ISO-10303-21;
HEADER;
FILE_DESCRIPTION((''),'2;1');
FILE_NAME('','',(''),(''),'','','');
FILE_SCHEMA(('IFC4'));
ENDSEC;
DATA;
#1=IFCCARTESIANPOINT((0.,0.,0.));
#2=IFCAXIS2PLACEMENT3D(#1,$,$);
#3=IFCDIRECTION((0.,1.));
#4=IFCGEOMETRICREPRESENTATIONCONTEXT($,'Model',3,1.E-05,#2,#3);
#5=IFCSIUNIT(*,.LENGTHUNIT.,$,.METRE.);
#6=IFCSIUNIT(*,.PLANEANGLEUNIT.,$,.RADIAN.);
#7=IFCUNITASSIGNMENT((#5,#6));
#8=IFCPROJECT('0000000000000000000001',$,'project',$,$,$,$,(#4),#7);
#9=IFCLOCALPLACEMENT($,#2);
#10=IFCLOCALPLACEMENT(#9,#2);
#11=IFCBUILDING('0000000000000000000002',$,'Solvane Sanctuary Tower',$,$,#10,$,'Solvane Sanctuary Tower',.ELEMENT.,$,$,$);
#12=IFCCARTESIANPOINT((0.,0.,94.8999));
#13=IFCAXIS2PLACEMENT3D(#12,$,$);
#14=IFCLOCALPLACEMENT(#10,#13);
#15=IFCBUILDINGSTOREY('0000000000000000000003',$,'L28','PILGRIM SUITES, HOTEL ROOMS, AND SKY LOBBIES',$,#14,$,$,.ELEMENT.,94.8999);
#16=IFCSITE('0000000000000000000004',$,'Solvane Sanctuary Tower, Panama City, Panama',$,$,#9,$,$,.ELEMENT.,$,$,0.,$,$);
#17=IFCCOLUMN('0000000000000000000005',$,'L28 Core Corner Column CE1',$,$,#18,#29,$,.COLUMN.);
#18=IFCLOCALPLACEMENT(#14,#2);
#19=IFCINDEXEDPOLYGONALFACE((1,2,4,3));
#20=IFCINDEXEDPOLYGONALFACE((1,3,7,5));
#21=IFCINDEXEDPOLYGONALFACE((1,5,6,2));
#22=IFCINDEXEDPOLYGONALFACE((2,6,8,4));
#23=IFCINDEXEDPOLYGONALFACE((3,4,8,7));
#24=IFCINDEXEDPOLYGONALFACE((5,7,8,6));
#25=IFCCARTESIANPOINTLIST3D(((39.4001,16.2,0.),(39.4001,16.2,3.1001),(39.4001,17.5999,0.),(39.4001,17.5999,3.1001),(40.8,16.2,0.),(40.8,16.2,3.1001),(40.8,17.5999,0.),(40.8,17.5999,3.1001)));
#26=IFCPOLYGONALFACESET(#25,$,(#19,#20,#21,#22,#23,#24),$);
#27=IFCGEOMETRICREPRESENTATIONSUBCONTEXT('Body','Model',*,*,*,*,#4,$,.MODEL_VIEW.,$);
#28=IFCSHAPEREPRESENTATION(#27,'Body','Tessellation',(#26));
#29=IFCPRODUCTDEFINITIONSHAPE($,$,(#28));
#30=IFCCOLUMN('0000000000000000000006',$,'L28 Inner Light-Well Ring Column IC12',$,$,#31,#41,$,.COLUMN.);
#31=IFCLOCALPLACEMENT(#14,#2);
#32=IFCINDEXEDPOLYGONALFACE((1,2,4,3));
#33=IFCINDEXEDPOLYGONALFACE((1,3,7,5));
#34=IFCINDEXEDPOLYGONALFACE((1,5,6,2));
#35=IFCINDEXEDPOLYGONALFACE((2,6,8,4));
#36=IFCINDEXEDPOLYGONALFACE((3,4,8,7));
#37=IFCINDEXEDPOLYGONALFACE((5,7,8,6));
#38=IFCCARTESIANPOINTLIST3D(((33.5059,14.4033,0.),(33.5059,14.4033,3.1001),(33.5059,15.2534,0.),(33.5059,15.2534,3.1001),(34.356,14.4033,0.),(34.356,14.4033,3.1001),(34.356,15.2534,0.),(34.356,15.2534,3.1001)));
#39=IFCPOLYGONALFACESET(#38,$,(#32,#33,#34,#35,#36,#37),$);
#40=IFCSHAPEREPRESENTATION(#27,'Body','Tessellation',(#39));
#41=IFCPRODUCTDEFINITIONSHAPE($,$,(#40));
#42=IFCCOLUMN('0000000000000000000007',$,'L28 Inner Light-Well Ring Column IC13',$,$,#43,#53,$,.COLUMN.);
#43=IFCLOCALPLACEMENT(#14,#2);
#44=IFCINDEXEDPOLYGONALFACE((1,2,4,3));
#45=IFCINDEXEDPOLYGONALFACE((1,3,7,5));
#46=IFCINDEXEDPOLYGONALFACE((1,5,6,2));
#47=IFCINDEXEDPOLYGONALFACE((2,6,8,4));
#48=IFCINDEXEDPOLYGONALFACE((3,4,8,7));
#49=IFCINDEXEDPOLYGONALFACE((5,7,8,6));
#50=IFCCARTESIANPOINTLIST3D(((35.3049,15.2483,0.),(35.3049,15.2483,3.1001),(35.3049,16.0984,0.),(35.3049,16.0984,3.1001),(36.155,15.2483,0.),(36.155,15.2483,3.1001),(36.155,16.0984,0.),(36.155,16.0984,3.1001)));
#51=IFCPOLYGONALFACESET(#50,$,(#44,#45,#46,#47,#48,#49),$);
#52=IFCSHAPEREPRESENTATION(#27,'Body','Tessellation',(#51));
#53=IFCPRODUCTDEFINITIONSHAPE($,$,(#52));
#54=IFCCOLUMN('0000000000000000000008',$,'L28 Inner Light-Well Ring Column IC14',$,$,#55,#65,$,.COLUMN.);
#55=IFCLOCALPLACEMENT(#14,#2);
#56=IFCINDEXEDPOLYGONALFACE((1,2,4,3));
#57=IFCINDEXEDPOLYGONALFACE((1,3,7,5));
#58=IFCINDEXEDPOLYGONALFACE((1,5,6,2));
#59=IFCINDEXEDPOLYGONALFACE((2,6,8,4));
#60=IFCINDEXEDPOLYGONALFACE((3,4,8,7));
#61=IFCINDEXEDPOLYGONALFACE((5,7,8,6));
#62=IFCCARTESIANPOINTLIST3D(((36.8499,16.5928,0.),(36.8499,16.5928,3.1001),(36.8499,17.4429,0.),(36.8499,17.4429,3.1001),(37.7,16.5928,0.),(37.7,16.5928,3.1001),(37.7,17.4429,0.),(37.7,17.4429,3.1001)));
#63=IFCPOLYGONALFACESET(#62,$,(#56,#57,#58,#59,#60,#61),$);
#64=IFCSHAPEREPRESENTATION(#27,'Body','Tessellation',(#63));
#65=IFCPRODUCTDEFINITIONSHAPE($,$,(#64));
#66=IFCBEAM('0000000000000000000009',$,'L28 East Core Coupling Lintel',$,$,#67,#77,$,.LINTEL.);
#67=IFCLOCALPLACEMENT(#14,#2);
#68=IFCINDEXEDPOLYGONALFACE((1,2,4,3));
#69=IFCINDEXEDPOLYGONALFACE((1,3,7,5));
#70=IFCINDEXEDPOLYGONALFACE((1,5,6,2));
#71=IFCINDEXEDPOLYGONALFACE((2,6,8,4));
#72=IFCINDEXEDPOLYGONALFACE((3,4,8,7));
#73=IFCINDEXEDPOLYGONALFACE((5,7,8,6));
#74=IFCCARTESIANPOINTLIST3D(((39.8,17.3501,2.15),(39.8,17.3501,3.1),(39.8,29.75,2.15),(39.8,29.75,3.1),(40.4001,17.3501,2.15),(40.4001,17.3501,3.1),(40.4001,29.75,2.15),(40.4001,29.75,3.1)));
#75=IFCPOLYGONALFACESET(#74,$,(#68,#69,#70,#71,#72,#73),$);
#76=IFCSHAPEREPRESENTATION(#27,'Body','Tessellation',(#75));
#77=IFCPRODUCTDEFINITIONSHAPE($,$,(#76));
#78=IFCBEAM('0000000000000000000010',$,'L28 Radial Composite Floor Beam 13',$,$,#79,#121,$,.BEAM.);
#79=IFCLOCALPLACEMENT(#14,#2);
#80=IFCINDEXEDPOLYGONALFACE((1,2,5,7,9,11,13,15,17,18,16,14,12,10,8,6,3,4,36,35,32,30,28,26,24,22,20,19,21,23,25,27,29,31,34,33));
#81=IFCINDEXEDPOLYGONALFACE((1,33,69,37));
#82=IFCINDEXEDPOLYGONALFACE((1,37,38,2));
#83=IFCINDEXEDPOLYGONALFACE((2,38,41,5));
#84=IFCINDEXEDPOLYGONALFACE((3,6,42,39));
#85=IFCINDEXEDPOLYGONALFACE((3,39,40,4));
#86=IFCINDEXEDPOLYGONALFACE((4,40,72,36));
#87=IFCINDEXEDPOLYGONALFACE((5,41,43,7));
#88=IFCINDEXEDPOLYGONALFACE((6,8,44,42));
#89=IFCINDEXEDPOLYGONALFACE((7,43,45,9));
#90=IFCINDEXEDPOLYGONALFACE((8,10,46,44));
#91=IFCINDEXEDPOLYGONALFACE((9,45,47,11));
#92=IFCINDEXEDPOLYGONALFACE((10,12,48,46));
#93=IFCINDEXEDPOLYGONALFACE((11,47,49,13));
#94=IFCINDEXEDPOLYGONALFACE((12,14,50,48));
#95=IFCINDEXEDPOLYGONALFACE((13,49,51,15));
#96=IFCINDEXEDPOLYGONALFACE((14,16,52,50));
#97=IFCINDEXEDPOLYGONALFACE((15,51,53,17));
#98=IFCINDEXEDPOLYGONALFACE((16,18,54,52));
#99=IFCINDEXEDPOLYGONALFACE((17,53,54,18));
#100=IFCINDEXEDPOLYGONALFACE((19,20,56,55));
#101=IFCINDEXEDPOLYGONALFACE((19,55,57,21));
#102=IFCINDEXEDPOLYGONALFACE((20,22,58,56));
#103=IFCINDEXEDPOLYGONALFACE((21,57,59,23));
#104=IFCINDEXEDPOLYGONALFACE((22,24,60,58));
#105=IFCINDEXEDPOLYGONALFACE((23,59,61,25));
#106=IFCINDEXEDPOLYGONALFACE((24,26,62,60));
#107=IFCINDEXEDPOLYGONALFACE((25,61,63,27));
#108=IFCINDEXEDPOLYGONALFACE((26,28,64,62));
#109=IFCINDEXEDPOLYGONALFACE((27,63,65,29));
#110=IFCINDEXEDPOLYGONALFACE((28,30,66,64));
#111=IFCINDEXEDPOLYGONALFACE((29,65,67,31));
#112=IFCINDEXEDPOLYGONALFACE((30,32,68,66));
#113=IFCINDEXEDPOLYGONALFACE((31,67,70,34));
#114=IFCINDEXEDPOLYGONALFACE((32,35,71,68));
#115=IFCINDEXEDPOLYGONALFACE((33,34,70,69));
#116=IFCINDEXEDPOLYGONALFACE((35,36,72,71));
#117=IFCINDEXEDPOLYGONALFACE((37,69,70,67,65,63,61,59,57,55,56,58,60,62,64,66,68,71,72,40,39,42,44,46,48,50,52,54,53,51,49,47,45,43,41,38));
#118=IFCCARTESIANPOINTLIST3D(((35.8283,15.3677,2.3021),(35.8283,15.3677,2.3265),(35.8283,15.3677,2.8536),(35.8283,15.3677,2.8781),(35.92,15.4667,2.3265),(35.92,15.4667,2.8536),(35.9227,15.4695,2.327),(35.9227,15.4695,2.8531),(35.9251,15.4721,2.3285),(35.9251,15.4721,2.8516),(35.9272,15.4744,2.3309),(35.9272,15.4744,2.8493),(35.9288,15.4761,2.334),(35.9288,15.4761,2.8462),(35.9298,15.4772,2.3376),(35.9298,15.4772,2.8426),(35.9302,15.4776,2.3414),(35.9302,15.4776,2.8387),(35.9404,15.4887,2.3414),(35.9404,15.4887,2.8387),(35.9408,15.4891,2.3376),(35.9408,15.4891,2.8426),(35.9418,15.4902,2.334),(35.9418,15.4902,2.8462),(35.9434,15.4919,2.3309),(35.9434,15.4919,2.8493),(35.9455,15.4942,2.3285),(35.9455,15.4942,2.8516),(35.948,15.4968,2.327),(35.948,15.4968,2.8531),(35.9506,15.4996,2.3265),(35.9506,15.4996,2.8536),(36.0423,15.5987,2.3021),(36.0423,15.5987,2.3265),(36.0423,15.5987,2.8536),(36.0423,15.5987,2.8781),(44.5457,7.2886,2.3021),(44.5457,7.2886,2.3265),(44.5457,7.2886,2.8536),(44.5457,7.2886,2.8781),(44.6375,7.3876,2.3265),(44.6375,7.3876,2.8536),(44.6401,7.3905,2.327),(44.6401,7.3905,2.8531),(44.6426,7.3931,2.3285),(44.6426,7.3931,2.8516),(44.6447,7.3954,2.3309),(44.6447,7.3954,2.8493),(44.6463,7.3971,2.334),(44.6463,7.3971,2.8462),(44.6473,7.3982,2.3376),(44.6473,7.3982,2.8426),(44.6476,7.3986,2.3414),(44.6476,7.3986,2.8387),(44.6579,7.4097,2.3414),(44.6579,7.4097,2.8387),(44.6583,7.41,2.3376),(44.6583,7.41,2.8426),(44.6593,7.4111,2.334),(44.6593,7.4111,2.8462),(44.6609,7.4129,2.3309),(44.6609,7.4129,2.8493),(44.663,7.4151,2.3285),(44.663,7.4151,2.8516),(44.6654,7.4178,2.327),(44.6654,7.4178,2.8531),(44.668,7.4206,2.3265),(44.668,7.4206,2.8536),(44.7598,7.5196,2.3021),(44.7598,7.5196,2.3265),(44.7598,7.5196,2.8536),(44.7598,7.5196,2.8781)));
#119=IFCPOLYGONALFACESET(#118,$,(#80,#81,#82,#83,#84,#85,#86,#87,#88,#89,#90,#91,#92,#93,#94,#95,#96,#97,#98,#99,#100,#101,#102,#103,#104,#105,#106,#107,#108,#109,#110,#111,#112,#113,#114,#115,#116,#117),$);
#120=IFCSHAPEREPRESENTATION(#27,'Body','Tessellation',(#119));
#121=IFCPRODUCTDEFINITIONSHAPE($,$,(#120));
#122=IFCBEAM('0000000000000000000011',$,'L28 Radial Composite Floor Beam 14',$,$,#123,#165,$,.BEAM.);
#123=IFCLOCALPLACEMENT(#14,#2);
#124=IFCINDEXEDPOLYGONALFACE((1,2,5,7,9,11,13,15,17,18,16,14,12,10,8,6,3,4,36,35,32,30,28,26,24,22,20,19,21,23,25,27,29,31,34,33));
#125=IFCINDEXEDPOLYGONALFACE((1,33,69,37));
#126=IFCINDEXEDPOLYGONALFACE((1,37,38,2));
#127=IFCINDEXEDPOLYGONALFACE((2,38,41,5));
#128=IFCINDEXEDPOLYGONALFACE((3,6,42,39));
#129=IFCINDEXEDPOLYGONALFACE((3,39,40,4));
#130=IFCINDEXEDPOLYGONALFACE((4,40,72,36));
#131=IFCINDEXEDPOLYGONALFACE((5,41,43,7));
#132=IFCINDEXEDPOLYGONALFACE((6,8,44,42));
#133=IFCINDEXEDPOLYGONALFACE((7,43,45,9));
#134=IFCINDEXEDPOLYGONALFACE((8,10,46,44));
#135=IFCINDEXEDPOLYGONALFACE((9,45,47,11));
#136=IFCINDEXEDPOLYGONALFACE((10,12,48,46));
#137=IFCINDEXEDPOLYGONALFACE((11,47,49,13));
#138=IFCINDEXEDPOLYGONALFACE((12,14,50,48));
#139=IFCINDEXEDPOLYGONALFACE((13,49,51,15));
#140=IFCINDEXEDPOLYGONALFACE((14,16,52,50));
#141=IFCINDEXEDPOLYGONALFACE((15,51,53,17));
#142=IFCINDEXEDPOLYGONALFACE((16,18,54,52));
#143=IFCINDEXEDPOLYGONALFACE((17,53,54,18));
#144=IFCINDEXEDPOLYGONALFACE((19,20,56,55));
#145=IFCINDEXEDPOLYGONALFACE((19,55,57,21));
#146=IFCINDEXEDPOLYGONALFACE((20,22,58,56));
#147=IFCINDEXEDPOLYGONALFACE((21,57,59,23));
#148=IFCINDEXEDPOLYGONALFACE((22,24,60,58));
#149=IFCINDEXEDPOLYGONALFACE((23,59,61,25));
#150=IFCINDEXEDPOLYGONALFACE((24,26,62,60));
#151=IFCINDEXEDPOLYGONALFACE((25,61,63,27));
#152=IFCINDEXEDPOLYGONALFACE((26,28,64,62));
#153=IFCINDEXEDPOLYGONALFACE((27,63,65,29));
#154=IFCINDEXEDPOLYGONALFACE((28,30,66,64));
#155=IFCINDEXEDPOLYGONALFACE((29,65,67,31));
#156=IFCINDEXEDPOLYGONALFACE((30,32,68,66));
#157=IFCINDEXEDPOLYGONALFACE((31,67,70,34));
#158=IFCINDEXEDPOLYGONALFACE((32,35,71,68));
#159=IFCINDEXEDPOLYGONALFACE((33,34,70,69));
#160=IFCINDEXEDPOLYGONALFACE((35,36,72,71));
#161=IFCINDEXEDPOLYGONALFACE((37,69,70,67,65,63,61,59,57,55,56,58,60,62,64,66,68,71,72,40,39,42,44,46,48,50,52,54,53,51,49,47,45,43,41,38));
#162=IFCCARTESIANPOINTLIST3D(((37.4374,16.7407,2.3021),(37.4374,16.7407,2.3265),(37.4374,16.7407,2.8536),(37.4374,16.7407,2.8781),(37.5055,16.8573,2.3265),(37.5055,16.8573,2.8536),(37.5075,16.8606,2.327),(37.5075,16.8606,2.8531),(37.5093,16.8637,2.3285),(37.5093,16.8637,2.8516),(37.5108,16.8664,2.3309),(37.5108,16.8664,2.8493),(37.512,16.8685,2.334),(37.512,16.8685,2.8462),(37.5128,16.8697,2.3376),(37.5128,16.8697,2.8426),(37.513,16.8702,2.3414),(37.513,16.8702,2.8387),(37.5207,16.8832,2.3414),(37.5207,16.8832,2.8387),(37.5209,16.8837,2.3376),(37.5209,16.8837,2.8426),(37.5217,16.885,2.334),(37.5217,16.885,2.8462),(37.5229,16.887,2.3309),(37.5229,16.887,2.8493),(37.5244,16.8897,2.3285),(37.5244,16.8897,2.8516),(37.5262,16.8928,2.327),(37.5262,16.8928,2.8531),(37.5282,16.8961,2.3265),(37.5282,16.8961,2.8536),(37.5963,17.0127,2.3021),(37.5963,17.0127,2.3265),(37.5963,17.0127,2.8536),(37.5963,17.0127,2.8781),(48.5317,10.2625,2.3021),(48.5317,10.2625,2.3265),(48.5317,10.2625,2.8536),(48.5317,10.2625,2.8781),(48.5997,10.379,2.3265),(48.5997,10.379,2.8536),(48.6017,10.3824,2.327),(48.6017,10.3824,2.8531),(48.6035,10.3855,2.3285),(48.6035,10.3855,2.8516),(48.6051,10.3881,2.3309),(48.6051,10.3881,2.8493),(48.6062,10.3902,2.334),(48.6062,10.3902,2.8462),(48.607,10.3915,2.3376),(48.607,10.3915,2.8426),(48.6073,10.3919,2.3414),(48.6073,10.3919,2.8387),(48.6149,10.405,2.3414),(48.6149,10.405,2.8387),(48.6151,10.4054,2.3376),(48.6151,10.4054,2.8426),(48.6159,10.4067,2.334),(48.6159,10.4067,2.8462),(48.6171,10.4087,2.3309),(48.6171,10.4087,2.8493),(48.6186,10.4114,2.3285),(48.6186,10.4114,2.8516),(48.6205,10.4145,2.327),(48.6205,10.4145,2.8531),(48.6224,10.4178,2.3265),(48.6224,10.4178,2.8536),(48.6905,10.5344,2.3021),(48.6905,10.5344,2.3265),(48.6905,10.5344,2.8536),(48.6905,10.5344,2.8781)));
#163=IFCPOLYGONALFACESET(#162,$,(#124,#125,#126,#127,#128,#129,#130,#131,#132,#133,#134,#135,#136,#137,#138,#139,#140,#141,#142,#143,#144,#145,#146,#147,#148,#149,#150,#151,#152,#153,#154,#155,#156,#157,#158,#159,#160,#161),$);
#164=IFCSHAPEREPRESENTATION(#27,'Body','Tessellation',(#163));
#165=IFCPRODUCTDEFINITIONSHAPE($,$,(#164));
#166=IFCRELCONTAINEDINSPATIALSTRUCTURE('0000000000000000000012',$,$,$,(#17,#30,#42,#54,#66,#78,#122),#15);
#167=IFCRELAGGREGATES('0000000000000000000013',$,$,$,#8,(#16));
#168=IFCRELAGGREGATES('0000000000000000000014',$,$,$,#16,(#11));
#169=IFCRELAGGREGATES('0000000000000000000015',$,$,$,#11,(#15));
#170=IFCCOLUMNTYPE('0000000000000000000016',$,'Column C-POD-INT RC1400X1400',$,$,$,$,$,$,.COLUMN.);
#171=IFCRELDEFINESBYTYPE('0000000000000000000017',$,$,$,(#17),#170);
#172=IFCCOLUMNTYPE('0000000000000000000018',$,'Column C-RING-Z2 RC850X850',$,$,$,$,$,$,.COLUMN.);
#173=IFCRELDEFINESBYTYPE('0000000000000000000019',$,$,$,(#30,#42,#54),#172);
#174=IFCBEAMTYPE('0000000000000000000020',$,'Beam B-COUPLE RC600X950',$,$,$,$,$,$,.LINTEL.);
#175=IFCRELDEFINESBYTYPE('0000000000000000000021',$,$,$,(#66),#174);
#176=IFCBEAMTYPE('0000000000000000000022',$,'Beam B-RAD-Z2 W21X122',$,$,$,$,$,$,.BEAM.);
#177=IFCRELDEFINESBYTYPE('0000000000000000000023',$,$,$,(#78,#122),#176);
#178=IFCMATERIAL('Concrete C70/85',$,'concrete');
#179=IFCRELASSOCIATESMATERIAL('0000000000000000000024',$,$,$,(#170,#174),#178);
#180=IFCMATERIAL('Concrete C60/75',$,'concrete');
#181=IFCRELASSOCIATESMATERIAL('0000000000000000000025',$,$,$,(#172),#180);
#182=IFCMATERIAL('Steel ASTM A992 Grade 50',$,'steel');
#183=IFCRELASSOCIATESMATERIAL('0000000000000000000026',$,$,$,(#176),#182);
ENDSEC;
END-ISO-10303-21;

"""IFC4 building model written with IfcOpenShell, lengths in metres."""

from ifc_helpers import new_model, si_unit, direction, frame, origin, origin_2d, place, context, subcontext, project, spatial, rectangle, i_section, extrude, material, material_profile, profile_set, type_object, element, save


model = new_model("IFC4")

# Units and contexts
model_context = context("Model", 3, precision=1e-05, world=origin(), true_north=direction((0.0, 1.0)))
body_context = subcontext(model_context, "Body", "Model", "MODEL_VIEW")
ifc_project = project(units=[si_unit("LENGTHUNIT", "METRE"), si_unit("PLANEANGLEUNIT", "RADIAN")], contexts=[model_context])

# Site, building, storey
site_placement = place(None, origin())
site = spatial("IfcSite", under=ifc_project, at=site_placement, Name="Solvane Sanctuary Tower, Panama City, Panama", CompositionType="ELEMENT", RefElevation=0.0)
building_placement = place(site_placement, origin())
building = spatial("IfcBuilding", under=site, at=building_placement, Name="Solvane Sanctuary Tower", LongName="Solvane Sanctuary Tower", CompositionType="ELEMENT")
storey_placement = place(building_placement, frame((0.0, 0.0, 94.8999)))
storey = spatial("IfcBuildingStorey", under=building, at=storey_placement, Name="L28", Description="PILGRIM SUITES, HOTEL ROOMS, AND SKY LOBBIES", CompositionType="ELEMENT", Elevation=94.8999)

# Columns
ifc_material_1 = material(Name="Concrete C70/85", Category="concrete")
ifc_material_profile_1 = material_profile(ifc_material_1, rectangle(XDim=1.3999, YDim=1.3999, at=origin_2d()), Name="RC1400X1400")
ifc_profile_set_1 = profile_set([ifc_material_profile_1], Name="Concrete C70/85")
column_type_1 = type_object("IfcColumnType", Name="Column C-POD-INT RC1400X1400", PredefinedType="COLUMN", material=ifc_profile_set_1)
column_placement = place(storey_placement, frame((40.1001, 16.8999, 0.0), z_axis=(0.0, 0.0, 1.0), x_axis=(1.0, 0.0, 0.0)))
element("IfcColumn", 1, at=column_placement, inside=storey, type_object=column_type_1, Name="L28 Core Corner Column CE1", PredefinedType="COLUMN", context=body_context, shape_type="SweptSolid", body=[
    extrude(rectangle(XDim=1.3999, YDim=1.3999, at=origin_2d()), origin(), (0.0, 0.0, 1.0), 3.1001),
])
ifc_material_2 = material(Name="Concrete C60/75", Category="concrete")
ifc_material_profile_2 = material_profile(ifc_material_2, rectangle(XDim=0.8501, YDim=0.8501, at=origin_2d()), Name="RC850X850")
ifc_profile_set_2 = profile_set([ifc_material_profile_2], Name="Concrete C60/75")
column_type_2 = type_object("IfcColumnType", Name="Column C-RING-Z2 RC850X850", PredefinedType="COLUMN", material=ifc_profile_set_2)
for number, where, z_axis, x_axis, name in (
    (2, (33.9309, 14.8284, 0.0), (0.0, 0.0, 1.0), (1.0, 0.0, 0.0), "L28 Inner Light-Well Ring Column IC12"),
    (3, (35.73, 15.6733, 0.0), (0.0, 0.0, 1.0), (1.0, 0.0, 0.0), "L28 Inner Light-Well Ring Column IC13"),
    (4, (37.2749, 17.0178, 0.0), (0.0, 0.0, 1.0), (1.0, 0.0, 0.0), "L28 Inner Light-Well Ring Column IC14"),
):
    element("IfcColumn", number, at=place(storey_placement, frame(where, z_axis=z_axis, x_axis=x_axis)), inside=storey, type_object=column_type_2, Name=name, PredefinedType="COLUMN", context=body_context, shape_type="SweptSolid", body=[
        extrude(rectangle(XDim=0.8501, YDim=0.8501, at=origin_2d()), origin(), (0.0, 0.0, 1.0), 3.1001),
    ])

# Beams
ifc_material_profile_3 = material_profile(ifc_material_1, rectangle(XDim=0.6001, YDim=0.95, at=origin_2d()), Name="RC600X950")
ifc_profile_set_3 = profile_set([ifc_material_profile_3], Name="Concrete C70/85")
beam_type_1 = type_object("IfcBeamType", Name="Beam B-COUPLE RC600X950", PredefinedType="LINTEL", material=ifc_profile_set_3)
beam_1_placement = place(storey_placement, frame((40.1001, 17.3501, 2.625), z_axis=(0.0, 1.0, 0.0), x_axis=(-1.0, 0.0, 0.0)))
element("IfcBeam", 5, at=beam_1_placement, inside=storey, type_object=beam_type_1, Name="L28 East Core Coupling Lintel", PredefinedType="LINTEL", context=body_context, shape_type="SweptSolid", body=[
    extrude(rectangle(XDim=0.6001, YDim=0.95, at=origin_2d()), origin(), (0.0, 0.0, 1.0), 12.3999),
])
ifc_material_3 = material(Name="Steel ASTM A992 Grade 50", Category="steel")
ifc_material_profile_4 = material_profile(ifc_material_3, i_section(OverallWidth=0.3149, OverallDepth=0.5759, WebThickness=0.0151, FlangeThickness=0.0244, FilletRadius=0.0149, at=origin_2d()), Name="W21X122")
ifc_profile_set_4 = profile_set([ifc_material_profile_4], Name="Steel ASTM A992 Grade 50")
beam_type_2 = type_object("IfcBeamType", Name="Beam B-RAD-Z2 W21X122", PredefinedType="BEAM", material=ifc_profile_set_4)
beam_2_placement = place(storey_placement, frame((35.9353, 15.4832, 2.5901), z_axis=(0.733454, -0.679739, 0.0), x_axis=(0.679739, 0.733454, 0.0)))
element("IfcBeam", 6, at=beam_2_placement, inside=storey, type_object=beam_type_2, Name="L28 Radial Composite Floor Beam 13", PredefinedType="BEAM", context=body_context, shape_type="SweptSolid", body=[
    extrude(i_section(OverallWidth=0.3149, OverallDepth=0.5759, WebThickness=0.0151, FlangeThickness=0.0244, FilletRadius=0.0149, at=origin_2d()), origin(), (0.0, 0.0, 1.0), 11.8855),
])
beam_3_placement = place(storey_placement, frame((37.5168, 16.8767, 2.5901), z_axis=(0.863554, -0.504256, 0.0), x_axis=(0.504256, 0.863554, 0.0)))
element("IfcBeam", 7, at=beam_3_placement, inside=storey, type_object=beam_type_2, Name="L28 Radial Composite Floor Beam 14", PredefinedType="BEAM", context=body_context, shape_type="SweptSolid", body=[
    extrude(i_section(OverallWidth=0.3149, OverallDepth=0.5759, WebThickness=0.0151, FlangeThickness=0.0244, FilletRadius=0.0149, at=origin_2d()), origin(), (0.0, 0.0, 1.0), 12.8472),
])

save(model, "model.ifc")
